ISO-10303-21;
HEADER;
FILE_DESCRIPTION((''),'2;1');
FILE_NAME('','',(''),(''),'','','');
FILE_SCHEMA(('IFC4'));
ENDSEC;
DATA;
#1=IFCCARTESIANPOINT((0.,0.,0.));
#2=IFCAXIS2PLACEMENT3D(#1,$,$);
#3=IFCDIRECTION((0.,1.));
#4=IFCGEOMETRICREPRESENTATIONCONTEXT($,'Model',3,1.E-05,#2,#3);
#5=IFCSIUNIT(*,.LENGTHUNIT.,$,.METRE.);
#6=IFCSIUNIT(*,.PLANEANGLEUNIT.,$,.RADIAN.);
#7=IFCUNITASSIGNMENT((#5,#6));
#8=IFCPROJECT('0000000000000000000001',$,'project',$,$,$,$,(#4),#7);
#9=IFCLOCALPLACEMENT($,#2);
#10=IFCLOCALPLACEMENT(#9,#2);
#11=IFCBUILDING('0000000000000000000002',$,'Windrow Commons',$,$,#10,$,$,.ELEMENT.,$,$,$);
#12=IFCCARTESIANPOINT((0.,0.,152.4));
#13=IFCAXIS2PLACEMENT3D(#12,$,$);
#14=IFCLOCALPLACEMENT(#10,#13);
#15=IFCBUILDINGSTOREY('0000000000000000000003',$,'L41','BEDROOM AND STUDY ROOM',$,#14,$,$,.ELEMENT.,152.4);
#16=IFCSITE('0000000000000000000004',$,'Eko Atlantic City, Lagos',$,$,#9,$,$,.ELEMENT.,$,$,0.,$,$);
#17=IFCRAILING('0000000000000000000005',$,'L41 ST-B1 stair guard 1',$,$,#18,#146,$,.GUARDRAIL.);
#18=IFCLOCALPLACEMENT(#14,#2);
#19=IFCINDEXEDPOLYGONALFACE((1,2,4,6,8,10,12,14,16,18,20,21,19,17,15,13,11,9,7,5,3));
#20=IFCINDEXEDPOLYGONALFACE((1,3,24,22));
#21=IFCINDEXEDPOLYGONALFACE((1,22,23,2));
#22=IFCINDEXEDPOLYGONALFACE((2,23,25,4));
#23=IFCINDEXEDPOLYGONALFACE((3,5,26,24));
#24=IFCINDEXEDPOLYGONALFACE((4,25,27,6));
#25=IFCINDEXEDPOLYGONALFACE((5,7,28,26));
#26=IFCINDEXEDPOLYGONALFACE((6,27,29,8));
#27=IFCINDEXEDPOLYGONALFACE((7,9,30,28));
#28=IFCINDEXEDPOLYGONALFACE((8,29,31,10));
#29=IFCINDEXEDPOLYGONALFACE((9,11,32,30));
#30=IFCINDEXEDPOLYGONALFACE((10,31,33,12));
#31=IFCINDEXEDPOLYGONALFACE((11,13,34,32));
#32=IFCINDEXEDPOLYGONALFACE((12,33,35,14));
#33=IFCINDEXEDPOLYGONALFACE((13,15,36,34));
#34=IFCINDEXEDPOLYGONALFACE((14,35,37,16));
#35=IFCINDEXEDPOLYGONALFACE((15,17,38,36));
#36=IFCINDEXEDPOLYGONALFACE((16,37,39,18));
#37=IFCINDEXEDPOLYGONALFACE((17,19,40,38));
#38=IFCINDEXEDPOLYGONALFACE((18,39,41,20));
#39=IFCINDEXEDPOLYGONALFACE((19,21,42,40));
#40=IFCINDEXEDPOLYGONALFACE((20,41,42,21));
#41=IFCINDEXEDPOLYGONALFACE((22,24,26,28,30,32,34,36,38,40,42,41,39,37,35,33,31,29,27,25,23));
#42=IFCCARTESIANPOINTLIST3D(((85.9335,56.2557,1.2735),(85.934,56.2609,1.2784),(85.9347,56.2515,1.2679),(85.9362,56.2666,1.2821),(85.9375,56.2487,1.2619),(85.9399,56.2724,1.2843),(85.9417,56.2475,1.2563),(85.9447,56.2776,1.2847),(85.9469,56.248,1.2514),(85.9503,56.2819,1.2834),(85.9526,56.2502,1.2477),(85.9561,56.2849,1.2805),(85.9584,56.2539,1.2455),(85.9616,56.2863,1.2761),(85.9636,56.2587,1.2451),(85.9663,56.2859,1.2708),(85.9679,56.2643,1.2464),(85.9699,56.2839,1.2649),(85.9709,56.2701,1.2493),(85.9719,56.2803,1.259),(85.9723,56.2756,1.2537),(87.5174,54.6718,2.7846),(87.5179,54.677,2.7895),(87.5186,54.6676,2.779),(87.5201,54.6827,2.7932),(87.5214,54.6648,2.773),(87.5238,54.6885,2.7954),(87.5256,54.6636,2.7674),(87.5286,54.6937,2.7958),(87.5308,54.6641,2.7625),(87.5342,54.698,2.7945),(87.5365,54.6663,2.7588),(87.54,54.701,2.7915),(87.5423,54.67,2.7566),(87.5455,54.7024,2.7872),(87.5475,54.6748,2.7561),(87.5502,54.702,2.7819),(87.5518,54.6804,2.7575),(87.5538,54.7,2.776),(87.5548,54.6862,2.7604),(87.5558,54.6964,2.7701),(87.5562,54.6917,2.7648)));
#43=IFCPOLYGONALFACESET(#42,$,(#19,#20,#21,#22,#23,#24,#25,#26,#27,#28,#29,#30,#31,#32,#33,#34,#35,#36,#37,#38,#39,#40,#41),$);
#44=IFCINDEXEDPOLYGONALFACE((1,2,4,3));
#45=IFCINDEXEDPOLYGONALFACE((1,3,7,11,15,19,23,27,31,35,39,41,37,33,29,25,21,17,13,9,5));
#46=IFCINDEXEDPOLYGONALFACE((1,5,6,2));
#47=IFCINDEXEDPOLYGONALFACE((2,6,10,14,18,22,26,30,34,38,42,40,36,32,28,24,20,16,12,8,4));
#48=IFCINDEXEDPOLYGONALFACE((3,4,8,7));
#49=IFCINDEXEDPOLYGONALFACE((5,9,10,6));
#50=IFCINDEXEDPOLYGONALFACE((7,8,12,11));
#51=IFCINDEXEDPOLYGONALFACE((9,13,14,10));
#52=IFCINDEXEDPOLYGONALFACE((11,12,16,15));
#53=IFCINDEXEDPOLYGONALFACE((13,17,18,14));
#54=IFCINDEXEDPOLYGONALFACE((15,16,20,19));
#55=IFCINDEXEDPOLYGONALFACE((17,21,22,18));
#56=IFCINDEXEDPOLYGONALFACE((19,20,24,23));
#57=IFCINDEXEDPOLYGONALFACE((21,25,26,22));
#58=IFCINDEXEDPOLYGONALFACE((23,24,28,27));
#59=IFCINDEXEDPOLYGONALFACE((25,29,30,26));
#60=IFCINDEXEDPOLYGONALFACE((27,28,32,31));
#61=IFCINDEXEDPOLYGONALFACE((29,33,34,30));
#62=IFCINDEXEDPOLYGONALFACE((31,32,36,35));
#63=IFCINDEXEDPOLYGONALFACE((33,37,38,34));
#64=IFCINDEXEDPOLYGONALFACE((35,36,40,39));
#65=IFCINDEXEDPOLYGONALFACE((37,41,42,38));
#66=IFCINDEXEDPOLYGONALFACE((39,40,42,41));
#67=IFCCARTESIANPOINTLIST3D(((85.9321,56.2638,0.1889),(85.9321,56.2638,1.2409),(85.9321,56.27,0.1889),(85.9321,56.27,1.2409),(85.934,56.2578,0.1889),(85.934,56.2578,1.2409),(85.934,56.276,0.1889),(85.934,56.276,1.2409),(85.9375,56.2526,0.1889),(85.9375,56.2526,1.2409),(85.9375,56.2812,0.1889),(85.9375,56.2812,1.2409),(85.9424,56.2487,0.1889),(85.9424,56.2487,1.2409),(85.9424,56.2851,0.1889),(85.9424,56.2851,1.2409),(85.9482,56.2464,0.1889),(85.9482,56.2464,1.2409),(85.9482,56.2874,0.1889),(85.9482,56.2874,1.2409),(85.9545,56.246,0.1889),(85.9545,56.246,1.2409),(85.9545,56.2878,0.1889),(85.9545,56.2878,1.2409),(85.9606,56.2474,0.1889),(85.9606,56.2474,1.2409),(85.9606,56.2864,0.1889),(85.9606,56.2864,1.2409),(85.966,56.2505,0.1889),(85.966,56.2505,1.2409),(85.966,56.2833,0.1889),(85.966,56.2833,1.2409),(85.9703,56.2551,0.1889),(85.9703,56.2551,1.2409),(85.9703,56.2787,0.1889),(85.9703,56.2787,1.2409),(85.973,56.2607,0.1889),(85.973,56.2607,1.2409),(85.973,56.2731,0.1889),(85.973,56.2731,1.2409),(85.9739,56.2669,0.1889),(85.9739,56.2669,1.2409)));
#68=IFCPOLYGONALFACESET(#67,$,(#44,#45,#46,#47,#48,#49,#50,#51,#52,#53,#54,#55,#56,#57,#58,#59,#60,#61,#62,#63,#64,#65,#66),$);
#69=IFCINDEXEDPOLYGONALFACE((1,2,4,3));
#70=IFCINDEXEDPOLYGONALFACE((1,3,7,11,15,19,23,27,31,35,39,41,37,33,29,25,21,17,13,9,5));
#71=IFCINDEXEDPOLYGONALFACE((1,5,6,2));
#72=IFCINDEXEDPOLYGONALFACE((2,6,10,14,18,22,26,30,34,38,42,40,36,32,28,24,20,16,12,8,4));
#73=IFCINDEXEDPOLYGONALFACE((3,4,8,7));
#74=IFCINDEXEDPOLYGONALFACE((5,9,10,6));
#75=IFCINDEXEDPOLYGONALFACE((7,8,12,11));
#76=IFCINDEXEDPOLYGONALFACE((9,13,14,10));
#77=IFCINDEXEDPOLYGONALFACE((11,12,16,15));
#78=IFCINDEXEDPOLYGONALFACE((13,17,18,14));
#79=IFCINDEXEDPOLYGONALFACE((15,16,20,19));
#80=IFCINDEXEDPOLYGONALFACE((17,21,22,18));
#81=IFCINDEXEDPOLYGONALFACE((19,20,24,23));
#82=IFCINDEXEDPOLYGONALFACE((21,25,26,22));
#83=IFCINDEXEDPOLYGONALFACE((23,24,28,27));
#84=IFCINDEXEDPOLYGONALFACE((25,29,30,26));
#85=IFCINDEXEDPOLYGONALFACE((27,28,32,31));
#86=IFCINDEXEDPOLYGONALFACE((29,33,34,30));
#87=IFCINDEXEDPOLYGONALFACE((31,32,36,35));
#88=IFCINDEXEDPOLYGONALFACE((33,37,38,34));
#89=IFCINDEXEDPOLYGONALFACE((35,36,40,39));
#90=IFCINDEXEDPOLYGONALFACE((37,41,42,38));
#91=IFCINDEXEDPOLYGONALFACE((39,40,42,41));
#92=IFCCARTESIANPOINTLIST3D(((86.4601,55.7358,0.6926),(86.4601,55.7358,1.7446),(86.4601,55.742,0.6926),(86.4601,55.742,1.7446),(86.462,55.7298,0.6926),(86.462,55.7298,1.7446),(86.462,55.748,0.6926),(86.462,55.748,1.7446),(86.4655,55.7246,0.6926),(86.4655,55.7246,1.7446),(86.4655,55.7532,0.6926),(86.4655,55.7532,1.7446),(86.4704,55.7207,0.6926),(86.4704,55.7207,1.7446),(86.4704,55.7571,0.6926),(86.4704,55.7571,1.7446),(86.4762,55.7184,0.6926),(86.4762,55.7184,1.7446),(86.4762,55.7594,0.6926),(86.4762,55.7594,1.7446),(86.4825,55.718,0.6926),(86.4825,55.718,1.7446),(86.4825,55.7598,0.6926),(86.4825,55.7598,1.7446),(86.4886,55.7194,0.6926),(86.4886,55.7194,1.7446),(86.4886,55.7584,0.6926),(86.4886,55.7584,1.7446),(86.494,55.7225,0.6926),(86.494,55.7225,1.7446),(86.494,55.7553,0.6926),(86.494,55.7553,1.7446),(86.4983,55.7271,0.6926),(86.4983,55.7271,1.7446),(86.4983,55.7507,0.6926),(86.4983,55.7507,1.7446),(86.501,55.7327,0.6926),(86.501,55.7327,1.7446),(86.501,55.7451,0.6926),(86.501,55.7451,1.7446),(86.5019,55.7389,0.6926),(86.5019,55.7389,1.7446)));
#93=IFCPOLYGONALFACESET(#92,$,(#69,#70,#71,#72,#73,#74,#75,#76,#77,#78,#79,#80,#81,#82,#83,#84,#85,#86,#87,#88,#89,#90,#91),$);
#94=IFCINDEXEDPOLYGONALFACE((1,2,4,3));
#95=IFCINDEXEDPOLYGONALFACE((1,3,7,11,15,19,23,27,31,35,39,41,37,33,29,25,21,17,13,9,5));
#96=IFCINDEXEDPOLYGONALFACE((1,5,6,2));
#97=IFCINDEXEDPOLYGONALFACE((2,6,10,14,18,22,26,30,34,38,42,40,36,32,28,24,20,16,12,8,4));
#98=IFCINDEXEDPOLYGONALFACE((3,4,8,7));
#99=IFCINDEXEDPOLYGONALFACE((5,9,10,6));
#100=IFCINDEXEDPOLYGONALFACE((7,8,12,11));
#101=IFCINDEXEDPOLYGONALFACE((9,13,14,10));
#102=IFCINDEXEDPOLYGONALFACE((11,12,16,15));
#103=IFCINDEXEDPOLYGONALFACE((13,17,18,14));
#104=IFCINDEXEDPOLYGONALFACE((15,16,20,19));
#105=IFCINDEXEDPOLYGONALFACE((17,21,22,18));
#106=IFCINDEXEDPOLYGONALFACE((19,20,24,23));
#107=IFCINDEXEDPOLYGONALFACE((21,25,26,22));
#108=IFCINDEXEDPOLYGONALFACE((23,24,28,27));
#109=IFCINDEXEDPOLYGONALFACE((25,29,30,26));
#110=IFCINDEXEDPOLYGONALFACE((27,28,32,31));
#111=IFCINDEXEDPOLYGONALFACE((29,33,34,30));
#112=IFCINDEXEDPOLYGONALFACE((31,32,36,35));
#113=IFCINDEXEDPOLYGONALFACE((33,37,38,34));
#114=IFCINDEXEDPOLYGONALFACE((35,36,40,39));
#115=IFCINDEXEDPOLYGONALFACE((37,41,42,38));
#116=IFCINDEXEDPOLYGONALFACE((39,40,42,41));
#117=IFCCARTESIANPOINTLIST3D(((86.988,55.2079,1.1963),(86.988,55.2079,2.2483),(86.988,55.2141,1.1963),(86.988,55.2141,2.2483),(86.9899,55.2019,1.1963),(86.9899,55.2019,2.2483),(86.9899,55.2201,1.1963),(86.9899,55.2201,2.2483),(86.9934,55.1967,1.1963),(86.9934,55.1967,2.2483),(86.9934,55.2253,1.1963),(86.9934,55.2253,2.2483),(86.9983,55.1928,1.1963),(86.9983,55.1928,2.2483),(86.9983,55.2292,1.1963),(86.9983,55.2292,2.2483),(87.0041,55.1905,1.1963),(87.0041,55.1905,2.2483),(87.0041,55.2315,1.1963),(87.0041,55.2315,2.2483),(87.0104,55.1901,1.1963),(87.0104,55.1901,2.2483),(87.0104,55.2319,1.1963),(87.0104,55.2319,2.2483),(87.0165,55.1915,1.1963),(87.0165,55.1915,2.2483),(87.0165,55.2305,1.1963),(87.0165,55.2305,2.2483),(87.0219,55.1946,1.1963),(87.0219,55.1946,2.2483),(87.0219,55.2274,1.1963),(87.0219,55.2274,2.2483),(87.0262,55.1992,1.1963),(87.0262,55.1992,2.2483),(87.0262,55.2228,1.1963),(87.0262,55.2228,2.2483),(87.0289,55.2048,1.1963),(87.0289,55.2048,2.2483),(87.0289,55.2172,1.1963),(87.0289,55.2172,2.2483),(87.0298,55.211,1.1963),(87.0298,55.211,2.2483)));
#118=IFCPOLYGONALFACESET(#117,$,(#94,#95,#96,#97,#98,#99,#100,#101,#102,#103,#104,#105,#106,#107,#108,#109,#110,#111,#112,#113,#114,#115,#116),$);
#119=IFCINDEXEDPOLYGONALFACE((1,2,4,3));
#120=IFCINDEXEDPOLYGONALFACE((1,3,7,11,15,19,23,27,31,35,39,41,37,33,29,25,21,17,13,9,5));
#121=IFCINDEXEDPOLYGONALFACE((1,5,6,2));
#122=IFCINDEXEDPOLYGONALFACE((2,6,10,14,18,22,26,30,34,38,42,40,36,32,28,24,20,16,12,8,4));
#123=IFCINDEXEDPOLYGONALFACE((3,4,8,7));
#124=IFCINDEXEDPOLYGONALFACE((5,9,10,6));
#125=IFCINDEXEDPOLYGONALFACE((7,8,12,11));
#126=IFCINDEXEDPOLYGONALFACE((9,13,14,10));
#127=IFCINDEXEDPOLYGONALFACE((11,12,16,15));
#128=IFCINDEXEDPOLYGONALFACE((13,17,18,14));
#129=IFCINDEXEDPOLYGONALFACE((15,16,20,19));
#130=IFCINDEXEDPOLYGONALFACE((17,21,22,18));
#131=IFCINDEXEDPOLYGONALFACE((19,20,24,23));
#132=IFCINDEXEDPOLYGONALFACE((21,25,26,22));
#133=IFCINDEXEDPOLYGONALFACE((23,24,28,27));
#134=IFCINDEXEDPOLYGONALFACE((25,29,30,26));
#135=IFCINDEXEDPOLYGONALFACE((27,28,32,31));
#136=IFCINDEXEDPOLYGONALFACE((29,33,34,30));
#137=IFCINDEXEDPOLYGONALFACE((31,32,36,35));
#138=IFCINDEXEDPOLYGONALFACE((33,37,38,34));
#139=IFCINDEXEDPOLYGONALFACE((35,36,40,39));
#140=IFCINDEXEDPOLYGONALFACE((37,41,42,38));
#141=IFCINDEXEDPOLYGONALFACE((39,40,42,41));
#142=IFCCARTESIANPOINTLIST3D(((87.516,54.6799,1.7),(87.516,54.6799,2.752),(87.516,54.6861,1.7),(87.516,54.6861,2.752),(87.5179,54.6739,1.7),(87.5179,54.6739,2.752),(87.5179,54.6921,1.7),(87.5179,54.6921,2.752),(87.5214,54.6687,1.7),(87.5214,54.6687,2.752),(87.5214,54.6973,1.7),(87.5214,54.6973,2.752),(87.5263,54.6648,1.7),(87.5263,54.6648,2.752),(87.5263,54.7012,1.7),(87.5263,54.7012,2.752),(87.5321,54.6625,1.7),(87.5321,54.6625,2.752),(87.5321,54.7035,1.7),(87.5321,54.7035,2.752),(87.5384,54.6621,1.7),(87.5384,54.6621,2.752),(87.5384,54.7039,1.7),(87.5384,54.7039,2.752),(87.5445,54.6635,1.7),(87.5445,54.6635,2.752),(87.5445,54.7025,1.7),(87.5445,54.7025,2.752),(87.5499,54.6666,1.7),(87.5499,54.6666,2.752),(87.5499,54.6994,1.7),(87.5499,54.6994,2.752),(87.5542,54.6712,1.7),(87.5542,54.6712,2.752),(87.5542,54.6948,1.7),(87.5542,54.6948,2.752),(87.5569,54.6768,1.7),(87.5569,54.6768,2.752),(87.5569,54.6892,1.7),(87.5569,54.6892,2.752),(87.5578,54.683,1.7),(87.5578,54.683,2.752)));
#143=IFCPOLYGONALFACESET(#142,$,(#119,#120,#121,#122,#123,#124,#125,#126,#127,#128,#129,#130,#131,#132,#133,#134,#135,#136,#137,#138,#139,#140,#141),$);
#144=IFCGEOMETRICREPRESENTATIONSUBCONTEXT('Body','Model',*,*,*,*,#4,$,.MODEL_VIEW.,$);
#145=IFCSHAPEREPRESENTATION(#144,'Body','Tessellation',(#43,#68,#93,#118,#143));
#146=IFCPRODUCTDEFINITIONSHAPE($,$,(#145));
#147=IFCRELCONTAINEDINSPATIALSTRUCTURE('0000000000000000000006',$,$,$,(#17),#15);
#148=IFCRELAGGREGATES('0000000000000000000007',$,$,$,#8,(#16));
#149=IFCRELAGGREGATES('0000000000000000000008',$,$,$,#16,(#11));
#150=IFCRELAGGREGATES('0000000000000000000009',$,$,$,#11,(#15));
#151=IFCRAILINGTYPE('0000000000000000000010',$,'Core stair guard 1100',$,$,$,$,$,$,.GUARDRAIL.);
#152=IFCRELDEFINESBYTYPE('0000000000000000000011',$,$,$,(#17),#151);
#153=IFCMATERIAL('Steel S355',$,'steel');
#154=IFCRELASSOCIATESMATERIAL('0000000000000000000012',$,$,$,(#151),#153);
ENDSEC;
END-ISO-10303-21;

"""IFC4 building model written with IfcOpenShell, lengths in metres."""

from ifc_helpers import new_model, si_unit, direction, frame, origin, origin_2d, place, context, subcontext, project, spatial, circle, extrude, material, type_object, element, save


model = new_model("IFC4")

# Units and contexts
model_context = context("Model", 3, precision=1e-05, world=origin(), true_north=direction((0.0, 1.0)))
body_context = subcontext(model_context, "Body", "Model", "MODEL_VIEW")
ifc_project = project(units=[si_unit("LENGTHUNIT", "METRE"), si_unit("PLANEANGLEUNIT", "RADIAN")], contexts=[model_context])

# Site, building, storey
site_placement = place(None, origin())
site = spatial("IfcSite", under=ifc_project, at=site_placement, Name="Eko Atlantic City, Lagos", CompositionType="ELEMENT", RefElevation=0.0)
building_placement = place(site_placement, origin())
building = spatial("IfcBuilding", under=site, at=building_placement, Name="Windrow Commons", CompositionType="ELEMENT")
storey_placement = place(building_placement, frame((0.0, 0.0, 152.4)))
storey = spatial("IfcBuildingStorey", under=building, at=storey_placement, Name="L41", Description="BEDROOM AND STUDY ROOM", CompositionType="ELEMENT", Elevation=152.4)

# Railing
ifc_material_1 = material(Name="Steel S355", Category="steel")
railing_type_1 = type_object("IfcRailingType", Name="Core stair guard 1100", PredefinedType="GUARDRAIL", material=ifc_material_1)
railing_1_placement = place(storey_placement, frame((85.9529, 56.2669, 0.1889)))
element("IfcRailing", 1, at=railing_1_placement, inside=storey, type_object=railing_type_1, Name="L41 ST-B1 stair guard 1", PredefinedType="GUARDRAIL", context=body_context, shape_type="SweptSolid", body=[
    extrude(circle(Radius=0.024, at=origin_2d()), frame((0.0, 0.0, 1.076), z_axis=(0.586191, -0.586191, 0.559249), x_axis=(0.707107, 0.707107, 0.0)), (0.0, 0.0, 1.0), 2.702),
    extrude(circle(Radius=0.021, at=origin_2d()), origin(), (0.0, 0.0, 1.0), 1.052),
    extrude(circle(Radius=0.021, at=origin_2d()), frame((0.528, -0.528, 0.5037)), (0.0, 0.0, 1.0), 1.052),
    extrude(circle(Radius=0.021, at=origin_2d()), frame((1.0559, -1.0559, 1.0074)), (0.0, 0.0, 1.0), 1.052),
    extrude(circle(Radius=0.021, at=origin_2d()), frame((1.5839, -1.5839, 1.5111)), (0.0, 0.0, 1.0), 1.052),
])

save(model, "model.ifc")
